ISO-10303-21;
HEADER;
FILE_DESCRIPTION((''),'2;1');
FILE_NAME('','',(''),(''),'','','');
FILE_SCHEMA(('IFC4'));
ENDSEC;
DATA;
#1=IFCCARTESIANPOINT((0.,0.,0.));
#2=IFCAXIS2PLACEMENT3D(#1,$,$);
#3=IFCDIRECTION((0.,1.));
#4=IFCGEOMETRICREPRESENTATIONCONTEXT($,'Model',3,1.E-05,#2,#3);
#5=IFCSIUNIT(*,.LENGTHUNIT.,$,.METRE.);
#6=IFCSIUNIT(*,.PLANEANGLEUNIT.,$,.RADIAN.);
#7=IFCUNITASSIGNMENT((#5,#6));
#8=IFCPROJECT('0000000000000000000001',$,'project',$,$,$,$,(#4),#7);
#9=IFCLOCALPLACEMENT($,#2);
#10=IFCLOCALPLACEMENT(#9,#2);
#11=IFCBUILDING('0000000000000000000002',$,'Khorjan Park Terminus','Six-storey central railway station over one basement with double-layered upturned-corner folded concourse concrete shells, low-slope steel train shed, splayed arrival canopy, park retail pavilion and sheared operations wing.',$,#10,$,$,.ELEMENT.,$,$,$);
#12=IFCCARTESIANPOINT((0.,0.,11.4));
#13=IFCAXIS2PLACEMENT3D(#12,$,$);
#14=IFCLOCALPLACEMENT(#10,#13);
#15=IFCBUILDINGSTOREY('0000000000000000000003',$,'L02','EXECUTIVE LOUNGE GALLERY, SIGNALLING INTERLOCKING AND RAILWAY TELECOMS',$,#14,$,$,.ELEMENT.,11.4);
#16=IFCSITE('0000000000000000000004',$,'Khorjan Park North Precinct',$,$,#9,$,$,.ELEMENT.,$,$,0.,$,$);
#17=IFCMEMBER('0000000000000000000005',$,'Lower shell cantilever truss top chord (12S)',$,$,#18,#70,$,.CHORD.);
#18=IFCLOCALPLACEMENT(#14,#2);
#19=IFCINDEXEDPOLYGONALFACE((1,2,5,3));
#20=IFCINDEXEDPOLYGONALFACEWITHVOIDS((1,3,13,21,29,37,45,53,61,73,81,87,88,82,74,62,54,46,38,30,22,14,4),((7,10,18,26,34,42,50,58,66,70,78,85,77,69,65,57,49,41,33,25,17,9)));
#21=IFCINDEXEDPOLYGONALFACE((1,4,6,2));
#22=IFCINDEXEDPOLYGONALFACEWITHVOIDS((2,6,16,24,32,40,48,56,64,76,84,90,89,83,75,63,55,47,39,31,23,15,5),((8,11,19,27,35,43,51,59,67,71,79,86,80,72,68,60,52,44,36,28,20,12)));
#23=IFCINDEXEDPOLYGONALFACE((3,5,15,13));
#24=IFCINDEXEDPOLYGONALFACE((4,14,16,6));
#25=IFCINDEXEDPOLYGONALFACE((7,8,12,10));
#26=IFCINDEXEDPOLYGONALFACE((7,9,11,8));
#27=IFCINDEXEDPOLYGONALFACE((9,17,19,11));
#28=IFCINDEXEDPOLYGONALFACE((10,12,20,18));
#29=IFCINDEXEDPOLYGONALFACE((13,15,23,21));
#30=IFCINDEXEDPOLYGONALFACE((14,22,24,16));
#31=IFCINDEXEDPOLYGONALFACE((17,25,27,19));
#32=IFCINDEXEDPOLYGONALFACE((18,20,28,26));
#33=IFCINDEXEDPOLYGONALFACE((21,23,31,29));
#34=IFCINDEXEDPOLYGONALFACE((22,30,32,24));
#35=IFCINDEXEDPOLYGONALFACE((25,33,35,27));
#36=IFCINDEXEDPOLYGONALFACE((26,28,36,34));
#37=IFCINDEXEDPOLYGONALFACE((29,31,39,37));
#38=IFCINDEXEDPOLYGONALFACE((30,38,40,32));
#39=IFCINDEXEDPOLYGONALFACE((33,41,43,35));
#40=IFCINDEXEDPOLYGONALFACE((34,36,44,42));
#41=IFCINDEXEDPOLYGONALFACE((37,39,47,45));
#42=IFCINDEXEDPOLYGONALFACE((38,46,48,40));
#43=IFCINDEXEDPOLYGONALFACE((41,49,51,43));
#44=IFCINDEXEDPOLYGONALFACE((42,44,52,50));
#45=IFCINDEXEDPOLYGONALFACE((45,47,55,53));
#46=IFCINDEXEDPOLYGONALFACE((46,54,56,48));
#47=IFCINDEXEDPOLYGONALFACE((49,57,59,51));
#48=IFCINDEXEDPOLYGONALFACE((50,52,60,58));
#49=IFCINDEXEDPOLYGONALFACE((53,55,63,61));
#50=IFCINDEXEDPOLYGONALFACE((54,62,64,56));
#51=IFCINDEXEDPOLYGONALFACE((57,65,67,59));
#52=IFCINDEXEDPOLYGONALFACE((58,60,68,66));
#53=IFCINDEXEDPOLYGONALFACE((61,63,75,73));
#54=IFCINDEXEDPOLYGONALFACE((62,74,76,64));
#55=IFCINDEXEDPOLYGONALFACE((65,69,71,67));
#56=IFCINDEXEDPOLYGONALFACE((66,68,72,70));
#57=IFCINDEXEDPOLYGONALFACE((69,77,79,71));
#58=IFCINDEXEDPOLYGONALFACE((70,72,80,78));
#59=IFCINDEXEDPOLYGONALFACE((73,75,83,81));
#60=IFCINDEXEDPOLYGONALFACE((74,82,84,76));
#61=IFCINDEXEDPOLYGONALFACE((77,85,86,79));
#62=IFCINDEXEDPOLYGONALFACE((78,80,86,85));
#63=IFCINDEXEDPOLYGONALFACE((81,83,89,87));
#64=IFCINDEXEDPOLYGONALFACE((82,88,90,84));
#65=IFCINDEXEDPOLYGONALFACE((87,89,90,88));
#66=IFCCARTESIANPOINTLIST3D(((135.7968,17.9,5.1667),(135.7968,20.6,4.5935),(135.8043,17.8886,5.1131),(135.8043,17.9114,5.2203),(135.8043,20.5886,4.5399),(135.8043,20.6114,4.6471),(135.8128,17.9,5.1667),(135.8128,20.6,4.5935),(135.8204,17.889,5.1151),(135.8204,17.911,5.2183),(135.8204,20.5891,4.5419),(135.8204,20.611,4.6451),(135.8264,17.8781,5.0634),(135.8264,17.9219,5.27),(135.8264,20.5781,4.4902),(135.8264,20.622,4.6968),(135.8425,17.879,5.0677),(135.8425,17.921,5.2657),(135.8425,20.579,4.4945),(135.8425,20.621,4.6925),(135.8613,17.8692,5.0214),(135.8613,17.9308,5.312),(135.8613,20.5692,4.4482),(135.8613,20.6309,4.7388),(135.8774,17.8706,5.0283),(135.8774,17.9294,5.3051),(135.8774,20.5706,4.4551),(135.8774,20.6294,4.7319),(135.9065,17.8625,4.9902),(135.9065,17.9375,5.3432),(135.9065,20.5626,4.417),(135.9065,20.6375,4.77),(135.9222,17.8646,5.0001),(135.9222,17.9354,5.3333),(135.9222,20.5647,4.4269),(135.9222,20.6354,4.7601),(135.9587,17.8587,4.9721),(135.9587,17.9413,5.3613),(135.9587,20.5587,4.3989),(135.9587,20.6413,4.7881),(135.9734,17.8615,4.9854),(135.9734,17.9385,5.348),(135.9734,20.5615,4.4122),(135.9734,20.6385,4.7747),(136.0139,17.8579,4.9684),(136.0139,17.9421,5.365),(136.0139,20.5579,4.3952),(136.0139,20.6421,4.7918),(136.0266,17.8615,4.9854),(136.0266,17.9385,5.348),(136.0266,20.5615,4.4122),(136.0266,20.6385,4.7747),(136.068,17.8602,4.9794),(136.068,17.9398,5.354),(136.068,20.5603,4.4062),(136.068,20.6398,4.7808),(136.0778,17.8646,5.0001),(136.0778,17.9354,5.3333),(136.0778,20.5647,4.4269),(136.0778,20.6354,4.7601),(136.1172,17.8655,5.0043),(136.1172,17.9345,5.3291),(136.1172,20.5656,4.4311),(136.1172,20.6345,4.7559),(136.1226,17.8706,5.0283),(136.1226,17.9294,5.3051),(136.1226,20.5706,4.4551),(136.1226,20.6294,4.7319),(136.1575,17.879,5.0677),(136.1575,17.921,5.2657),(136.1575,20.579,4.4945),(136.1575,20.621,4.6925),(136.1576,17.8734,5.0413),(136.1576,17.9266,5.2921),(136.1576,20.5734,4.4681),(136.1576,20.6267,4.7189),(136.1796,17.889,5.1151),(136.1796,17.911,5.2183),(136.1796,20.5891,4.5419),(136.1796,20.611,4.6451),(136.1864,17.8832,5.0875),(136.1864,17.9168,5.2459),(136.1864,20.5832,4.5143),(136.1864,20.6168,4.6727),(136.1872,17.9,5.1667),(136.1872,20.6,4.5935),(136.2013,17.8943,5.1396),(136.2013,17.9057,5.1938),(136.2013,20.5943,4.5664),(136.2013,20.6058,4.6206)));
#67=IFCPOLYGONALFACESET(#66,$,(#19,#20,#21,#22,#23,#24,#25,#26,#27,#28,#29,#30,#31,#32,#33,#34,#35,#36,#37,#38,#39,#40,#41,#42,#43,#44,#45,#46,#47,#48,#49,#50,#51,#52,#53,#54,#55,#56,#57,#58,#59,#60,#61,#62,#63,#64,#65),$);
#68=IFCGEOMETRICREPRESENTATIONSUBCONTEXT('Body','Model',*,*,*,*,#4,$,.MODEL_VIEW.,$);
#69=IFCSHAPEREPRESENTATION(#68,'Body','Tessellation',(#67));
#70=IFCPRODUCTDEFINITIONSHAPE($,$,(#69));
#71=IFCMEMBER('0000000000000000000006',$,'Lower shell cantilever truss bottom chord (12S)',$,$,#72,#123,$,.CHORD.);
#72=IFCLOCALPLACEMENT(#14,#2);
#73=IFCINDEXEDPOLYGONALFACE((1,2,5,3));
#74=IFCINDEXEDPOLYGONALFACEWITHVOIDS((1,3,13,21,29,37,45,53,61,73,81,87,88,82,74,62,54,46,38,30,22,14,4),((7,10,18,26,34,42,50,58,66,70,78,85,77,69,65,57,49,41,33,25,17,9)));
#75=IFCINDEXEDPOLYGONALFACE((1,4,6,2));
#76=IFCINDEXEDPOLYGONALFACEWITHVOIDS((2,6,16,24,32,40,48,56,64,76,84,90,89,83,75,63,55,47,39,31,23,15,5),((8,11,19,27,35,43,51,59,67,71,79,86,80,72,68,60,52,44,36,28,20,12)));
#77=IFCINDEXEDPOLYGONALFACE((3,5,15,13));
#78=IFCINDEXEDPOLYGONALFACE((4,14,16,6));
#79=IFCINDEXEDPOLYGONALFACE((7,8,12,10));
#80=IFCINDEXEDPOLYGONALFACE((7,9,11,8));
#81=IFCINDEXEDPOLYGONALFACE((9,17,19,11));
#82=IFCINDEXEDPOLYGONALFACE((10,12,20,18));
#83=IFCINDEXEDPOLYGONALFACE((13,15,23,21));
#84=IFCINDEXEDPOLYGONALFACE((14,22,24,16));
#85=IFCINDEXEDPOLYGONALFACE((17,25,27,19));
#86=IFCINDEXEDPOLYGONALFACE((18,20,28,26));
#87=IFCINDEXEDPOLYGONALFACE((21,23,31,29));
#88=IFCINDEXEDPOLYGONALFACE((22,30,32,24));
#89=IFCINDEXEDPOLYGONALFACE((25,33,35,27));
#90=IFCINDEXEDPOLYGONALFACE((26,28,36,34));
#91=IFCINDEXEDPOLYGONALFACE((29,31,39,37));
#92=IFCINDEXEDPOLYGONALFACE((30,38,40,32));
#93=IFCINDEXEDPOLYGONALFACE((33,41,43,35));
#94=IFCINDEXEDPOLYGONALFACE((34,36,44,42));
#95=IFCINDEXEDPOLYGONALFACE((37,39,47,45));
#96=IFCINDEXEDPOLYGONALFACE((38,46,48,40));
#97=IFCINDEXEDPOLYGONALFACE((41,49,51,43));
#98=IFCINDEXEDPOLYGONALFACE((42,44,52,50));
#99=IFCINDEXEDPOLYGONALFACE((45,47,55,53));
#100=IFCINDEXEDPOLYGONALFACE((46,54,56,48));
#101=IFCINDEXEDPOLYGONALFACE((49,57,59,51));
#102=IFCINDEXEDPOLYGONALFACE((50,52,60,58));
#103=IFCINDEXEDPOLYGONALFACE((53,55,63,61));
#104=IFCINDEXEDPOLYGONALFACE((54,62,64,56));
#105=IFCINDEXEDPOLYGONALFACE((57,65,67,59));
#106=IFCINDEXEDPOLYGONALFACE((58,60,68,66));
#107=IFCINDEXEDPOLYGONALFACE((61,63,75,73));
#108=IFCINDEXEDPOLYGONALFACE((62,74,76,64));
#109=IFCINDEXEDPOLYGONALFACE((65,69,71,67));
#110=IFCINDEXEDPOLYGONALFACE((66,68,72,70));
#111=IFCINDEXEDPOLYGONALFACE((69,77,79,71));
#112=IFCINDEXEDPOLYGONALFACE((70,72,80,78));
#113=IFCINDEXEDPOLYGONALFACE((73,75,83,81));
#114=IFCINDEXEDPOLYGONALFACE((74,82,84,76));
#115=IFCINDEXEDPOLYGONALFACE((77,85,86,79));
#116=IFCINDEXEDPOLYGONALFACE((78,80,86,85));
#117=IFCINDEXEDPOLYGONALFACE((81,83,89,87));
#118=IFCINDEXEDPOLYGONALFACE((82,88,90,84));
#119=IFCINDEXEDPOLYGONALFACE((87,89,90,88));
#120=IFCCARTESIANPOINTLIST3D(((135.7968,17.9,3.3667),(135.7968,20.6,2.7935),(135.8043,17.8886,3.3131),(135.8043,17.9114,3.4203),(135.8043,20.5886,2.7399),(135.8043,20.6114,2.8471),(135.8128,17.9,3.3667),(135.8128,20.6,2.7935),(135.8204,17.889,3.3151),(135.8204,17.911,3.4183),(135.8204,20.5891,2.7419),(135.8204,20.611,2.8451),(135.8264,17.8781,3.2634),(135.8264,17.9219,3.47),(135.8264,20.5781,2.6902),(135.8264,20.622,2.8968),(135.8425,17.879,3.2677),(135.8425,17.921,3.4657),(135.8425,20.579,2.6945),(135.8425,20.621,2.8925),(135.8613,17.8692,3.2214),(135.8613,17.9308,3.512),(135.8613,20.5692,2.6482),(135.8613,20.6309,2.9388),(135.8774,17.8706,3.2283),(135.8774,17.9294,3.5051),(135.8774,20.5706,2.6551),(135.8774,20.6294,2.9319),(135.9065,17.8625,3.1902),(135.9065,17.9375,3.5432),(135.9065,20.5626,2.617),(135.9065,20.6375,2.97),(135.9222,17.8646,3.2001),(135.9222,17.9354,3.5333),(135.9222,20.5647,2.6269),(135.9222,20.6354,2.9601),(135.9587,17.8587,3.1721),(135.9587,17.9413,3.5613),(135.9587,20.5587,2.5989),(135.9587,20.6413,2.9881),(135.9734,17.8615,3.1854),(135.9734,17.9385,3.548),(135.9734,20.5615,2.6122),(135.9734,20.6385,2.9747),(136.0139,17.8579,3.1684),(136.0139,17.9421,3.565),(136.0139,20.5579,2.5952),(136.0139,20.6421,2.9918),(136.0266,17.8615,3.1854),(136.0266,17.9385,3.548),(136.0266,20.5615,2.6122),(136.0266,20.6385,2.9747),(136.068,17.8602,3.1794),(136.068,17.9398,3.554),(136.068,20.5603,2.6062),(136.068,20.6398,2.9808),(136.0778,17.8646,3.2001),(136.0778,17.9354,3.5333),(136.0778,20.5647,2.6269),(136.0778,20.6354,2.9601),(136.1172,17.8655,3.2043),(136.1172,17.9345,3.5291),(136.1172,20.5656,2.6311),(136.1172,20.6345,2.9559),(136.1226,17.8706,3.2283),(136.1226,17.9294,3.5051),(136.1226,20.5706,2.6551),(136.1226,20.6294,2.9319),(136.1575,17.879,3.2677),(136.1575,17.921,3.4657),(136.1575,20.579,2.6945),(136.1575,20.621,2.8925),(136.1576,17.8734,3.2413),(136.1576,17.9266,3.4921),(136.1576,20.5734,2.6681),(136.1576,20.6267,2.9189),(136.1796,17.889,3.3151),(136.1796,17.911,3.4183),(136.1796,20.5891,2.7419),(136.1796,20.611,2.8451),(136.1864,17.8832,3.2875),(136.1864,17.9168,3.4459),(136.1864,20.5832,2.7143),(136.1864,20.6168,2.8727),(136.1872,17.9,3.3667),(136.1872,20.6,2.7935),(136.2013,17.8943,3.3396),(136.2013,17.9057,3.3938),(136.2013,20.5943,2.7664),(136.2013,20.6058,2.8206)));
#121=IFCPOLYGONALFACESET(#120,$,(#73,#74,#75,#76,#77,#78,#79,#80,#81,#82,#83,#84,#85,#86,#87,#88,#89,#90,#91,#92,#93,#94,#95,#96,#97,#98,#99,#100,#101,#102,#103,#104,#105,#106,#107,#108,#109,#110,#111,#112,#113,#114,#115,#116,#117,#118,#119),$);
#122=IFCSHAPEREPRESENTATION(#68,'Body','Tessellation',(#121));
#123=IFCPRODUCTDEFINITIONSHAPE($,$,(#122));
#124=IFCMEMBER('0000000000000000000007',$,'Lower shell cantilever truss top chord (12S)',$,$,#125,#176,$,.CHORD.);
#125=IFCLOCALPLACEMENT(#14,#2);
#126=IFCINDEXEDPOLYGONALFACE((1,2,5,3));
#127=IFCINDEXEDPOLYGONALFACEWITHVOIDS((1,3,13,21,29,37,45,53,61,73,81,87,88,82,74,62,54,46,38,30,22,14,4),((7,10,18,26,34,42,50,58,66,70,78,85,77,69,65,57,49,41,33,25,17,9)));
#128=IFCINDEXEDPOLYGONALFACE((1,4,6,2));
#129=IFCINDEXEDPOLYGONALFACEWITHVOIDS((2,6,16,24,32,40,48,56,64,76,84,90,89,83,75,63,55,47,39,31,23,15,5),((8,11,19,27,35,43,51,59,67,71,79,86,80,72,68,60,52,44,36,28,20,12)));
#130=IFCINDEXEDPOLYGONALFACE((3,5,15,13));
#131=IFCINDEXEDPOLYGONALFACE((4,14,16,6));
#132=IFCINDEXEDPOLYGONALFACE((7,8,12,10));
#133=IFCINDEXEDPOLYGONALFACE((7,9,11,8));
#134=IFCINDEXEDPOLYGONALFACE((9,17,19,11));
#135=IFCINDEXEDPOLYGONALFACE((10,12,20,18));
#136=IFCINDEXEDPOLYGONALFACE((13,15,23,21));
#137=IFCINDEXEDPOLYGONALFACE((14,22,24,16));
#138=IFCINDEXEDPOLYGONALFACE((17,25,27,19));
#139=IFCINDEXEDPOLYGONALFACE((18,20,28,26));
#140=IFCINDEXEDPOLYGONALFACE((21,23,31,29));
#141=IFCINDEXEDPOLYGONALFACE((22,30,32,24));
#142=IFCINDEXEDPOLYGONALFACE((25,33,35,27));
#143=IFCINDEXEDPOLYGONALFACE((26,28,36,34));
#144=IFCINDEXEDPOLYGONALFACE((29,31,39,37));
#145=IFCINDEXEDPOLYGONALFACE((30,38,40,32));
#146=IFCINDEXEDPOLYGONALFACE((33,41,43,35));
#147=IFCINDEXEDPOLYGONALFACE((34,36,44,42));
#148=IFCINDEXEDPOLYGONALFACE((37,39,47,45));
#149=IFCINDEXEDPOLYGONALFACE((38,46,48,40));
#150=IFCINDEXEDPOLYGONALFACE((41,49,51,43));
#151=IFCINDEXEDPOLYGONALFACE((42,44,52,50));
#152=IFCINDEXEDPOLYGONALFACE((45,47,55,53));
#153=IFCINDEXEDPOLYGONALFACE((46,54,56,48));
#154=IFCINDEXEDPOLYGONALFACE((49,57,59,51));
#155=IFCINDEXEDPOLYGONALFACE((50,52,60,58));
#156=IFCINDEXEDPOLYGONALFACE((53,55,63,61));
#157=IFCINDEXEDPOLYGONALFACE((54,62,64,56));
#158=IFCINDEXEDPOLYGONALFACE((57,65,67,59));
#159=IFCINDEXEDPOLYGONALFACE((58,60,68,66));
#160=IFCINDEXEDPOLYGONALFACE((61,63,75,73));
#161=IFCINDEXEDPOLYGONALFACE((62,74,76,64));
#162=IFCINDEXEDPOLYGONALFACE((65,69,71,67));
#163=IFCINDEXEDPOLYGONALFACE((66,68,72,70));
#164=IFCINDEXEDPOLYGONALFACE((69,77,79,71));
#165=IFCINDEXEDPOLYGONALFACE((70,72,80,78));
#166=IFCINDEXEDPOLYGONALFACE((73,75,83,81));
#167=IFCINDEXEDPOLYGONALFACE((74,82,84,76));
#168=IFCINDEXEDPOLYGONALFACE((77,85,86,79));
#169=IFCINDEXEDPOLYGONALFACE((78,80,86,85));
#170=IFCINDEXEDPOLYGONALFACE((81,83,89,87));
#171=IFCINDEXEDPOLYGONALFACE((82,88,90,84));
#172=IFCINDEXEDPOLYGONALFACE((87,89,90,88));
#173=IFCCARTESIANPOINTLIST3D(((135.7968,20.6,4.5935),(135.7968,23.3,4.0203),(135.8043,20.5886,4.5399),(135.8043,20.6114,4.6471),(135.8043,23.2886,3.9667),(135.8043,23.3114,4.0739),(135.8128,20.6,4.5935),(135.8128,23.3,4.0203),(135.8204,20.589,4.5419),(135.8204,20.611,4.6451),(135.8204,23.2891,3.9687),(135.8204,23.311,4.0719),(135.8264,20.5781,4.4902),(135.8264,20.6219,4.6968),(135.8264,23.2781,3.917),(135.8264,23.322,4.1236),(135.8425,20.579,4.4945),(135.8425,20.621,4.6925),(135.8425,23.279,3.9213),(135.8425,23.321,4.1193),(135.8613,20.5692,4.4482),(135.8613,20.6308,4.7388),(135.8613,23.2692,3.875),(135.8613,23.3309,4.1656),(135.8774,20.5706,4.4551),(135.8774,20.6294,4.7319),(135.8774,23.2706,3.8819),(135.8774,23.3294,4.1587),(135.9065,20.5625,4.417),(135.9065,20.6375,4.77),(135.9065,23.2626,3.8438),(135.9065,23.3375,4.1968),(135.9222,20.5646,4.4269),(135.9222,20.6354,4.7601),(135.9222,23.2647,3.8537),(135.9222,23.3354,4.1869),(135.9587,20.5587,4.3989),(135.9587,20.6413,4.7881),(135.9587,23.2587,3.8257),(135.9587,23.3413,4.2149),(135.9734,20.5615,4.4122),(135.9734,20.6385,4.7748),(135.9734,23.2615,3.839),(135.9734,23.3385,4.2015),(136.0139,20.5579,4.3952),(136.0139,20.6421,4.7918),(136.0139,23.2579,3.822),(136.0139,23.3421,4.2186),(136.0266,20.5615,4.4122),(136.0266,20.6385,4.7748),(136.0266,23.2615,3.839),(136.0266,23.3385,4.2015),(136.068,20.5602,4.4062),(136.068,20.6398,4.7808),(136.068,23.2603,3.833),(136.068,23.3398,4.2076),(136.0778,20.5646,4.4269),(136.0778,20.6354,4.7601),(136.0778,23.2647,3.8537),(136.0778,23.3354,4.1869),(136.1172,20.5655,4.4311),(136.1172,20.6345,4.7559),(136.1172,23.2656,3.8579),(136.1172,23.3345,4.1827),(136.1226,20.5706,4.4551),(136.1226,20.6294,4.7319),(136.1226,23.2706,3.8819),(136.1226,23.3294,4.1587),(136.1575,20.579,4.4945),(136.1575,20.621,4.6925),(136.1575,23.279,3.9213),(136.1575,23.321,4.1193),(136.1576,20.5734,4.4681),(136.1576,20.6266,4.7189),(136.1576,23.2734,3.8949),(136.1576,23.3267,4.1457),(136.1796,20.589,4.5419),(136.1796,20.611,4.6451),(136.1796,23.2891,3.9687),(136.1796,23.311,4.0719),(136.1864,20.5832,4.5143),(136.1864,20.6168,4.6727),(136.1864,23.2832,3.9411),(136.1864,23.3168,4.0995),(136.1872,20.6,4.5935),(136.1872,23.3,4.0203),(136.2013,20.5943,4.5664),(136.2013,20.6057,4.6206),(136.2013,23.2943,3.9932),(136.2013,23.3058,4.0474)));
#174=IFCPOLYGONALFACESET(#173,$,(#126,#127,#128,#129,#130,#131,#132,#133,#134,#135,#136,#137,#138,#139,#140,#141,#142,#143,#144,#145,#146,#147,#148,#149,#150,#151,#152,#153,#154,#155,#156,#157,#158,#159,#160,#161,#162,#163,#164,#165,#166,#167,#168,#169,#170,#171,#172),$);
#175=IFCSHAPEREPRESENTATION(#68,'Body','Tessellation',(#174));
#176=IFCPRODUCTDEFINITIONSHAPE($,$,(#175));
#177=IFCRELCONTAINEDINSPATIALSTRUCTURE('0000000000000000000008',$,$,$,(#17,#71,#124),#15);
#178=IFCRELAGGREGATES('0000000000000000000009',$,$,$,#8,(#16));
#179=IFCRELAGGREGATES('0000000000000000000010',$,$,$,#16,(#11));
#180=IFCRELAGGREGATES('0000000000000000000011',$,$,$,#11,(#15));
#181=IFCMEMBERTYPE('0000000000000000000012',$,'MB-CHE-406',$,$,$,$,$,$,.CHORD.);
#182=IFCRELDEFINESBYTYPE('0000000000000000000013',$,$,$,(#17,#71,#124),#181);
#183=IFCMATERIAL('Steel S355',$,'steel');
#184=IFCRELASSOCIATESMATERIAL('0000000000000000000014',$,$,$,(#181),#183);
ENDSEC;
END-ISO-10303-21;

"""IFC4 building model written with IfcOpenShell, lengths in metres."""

from ifc_helpers import new_model, si_unit, direction, frame, origin, origin_2d, place, context, subcontext, project, spatial, hollow_circle, extrude, material, material_profile, profile_set, type_object, element, save


model = new_model("IFC4")

# Units and contexts
model_context = context("Model", 3, precision=1e-05, world=origin(), true_north=direction((0.0, 1.0)))
body_context = subcontext(model_context, "Body", "Model", "MODEL_VIEW")
ifc_project = project(units=[si_unit("LENGTHUNIT", "METRE"), si_unit("PLANEANGLEUNIT", "RADIAN")], contexts=[model_context])

# Site, building, storey
site_placement = place(None, origin())
site = spatial("IfcSite", under=ifc_project, at=site_placement, Name="Khorjan Park North Precinct", CompositionType="ELEMENT", RefElevation=0.0)
building_placement = place(site_placement, origin())
building = spatial("IfcBuilding", under=site, at=building_placement, Name="Khorjan Park Terminus", Description="Six-storey central railway station over one basement with double-layered upturned-corner folded concourse concrete shells, low-slope steel train shed, splayed arrival canopy, park retail pavilion and sheared operations wing.", CompositionType="ELEMENT")
storey_placement = place(building_placement, frame((0.0, 0.0, 11.4)))
storey = spatial("IfcBuildingStorey", under=building, at=storey_placement, Name="L02", Description="EXECUTIVE LOUNGE GALLERY, SIGNALLING INTERLOCKING AND RAILWAY TELECOMS", CompositionType="ELEMENT", Elevation=11.4)

# Members
ifc_material_1 = material(Name="Steel S355", Category="steel")
ifc_material_profile_1 = material_profile(ifc_material_1, hollow_circle(Radius=0.2032, WallThickness=0.016, at=origin_2d()), Name="CHS 406.4x16")
ifc_profile_set_1 = profile_set([ifc_material_profile_1], Name="Steel S355")
member_type_1 = type_object("IfcMemberType", Name="MB-CHE-406", PredefinedType="CHORD", material=ifc_profile_set_1)
for number, where, z_axis, x_axis, name in (
    (1, (136.0, 17.9, 5.1667), (0.0, 0.978199, -0.207668), (-1.0, 0.0, 0.0), "Lower shell cantilever truss top chord (12S)"),
    (2, (136.0, 17.9, 3.3667), (0.0, 0.978199, -0.207668), (-1.0, 0.0, 0.0), "Lower shell cantilever truss bottom chord (12S)"),
    (3, (136.0, 20.6, 4.5935), (0.0, 0.978199, -0.207668), (-1.0, 0.0, 0.0), "Lower shell cantilever truss top chord (12S)"),
):
    element("IfcMember", number, at=place(storey_placement, frame(where, z_axis=z_axis, x_axis=x_axis)), inside=storey, type_object=member_type_1, Name=name, PredefinedType="CHORD", context=body_context, shape_type="SweptSolid", body=[
        extrude(hollow_circle(Radius=0.2032, WallThickness=0.016, at=origin_2d()), origin(), (0.0, 0.0, 1.0), 2.7602),
    ])

save(model, "model.ifc")
